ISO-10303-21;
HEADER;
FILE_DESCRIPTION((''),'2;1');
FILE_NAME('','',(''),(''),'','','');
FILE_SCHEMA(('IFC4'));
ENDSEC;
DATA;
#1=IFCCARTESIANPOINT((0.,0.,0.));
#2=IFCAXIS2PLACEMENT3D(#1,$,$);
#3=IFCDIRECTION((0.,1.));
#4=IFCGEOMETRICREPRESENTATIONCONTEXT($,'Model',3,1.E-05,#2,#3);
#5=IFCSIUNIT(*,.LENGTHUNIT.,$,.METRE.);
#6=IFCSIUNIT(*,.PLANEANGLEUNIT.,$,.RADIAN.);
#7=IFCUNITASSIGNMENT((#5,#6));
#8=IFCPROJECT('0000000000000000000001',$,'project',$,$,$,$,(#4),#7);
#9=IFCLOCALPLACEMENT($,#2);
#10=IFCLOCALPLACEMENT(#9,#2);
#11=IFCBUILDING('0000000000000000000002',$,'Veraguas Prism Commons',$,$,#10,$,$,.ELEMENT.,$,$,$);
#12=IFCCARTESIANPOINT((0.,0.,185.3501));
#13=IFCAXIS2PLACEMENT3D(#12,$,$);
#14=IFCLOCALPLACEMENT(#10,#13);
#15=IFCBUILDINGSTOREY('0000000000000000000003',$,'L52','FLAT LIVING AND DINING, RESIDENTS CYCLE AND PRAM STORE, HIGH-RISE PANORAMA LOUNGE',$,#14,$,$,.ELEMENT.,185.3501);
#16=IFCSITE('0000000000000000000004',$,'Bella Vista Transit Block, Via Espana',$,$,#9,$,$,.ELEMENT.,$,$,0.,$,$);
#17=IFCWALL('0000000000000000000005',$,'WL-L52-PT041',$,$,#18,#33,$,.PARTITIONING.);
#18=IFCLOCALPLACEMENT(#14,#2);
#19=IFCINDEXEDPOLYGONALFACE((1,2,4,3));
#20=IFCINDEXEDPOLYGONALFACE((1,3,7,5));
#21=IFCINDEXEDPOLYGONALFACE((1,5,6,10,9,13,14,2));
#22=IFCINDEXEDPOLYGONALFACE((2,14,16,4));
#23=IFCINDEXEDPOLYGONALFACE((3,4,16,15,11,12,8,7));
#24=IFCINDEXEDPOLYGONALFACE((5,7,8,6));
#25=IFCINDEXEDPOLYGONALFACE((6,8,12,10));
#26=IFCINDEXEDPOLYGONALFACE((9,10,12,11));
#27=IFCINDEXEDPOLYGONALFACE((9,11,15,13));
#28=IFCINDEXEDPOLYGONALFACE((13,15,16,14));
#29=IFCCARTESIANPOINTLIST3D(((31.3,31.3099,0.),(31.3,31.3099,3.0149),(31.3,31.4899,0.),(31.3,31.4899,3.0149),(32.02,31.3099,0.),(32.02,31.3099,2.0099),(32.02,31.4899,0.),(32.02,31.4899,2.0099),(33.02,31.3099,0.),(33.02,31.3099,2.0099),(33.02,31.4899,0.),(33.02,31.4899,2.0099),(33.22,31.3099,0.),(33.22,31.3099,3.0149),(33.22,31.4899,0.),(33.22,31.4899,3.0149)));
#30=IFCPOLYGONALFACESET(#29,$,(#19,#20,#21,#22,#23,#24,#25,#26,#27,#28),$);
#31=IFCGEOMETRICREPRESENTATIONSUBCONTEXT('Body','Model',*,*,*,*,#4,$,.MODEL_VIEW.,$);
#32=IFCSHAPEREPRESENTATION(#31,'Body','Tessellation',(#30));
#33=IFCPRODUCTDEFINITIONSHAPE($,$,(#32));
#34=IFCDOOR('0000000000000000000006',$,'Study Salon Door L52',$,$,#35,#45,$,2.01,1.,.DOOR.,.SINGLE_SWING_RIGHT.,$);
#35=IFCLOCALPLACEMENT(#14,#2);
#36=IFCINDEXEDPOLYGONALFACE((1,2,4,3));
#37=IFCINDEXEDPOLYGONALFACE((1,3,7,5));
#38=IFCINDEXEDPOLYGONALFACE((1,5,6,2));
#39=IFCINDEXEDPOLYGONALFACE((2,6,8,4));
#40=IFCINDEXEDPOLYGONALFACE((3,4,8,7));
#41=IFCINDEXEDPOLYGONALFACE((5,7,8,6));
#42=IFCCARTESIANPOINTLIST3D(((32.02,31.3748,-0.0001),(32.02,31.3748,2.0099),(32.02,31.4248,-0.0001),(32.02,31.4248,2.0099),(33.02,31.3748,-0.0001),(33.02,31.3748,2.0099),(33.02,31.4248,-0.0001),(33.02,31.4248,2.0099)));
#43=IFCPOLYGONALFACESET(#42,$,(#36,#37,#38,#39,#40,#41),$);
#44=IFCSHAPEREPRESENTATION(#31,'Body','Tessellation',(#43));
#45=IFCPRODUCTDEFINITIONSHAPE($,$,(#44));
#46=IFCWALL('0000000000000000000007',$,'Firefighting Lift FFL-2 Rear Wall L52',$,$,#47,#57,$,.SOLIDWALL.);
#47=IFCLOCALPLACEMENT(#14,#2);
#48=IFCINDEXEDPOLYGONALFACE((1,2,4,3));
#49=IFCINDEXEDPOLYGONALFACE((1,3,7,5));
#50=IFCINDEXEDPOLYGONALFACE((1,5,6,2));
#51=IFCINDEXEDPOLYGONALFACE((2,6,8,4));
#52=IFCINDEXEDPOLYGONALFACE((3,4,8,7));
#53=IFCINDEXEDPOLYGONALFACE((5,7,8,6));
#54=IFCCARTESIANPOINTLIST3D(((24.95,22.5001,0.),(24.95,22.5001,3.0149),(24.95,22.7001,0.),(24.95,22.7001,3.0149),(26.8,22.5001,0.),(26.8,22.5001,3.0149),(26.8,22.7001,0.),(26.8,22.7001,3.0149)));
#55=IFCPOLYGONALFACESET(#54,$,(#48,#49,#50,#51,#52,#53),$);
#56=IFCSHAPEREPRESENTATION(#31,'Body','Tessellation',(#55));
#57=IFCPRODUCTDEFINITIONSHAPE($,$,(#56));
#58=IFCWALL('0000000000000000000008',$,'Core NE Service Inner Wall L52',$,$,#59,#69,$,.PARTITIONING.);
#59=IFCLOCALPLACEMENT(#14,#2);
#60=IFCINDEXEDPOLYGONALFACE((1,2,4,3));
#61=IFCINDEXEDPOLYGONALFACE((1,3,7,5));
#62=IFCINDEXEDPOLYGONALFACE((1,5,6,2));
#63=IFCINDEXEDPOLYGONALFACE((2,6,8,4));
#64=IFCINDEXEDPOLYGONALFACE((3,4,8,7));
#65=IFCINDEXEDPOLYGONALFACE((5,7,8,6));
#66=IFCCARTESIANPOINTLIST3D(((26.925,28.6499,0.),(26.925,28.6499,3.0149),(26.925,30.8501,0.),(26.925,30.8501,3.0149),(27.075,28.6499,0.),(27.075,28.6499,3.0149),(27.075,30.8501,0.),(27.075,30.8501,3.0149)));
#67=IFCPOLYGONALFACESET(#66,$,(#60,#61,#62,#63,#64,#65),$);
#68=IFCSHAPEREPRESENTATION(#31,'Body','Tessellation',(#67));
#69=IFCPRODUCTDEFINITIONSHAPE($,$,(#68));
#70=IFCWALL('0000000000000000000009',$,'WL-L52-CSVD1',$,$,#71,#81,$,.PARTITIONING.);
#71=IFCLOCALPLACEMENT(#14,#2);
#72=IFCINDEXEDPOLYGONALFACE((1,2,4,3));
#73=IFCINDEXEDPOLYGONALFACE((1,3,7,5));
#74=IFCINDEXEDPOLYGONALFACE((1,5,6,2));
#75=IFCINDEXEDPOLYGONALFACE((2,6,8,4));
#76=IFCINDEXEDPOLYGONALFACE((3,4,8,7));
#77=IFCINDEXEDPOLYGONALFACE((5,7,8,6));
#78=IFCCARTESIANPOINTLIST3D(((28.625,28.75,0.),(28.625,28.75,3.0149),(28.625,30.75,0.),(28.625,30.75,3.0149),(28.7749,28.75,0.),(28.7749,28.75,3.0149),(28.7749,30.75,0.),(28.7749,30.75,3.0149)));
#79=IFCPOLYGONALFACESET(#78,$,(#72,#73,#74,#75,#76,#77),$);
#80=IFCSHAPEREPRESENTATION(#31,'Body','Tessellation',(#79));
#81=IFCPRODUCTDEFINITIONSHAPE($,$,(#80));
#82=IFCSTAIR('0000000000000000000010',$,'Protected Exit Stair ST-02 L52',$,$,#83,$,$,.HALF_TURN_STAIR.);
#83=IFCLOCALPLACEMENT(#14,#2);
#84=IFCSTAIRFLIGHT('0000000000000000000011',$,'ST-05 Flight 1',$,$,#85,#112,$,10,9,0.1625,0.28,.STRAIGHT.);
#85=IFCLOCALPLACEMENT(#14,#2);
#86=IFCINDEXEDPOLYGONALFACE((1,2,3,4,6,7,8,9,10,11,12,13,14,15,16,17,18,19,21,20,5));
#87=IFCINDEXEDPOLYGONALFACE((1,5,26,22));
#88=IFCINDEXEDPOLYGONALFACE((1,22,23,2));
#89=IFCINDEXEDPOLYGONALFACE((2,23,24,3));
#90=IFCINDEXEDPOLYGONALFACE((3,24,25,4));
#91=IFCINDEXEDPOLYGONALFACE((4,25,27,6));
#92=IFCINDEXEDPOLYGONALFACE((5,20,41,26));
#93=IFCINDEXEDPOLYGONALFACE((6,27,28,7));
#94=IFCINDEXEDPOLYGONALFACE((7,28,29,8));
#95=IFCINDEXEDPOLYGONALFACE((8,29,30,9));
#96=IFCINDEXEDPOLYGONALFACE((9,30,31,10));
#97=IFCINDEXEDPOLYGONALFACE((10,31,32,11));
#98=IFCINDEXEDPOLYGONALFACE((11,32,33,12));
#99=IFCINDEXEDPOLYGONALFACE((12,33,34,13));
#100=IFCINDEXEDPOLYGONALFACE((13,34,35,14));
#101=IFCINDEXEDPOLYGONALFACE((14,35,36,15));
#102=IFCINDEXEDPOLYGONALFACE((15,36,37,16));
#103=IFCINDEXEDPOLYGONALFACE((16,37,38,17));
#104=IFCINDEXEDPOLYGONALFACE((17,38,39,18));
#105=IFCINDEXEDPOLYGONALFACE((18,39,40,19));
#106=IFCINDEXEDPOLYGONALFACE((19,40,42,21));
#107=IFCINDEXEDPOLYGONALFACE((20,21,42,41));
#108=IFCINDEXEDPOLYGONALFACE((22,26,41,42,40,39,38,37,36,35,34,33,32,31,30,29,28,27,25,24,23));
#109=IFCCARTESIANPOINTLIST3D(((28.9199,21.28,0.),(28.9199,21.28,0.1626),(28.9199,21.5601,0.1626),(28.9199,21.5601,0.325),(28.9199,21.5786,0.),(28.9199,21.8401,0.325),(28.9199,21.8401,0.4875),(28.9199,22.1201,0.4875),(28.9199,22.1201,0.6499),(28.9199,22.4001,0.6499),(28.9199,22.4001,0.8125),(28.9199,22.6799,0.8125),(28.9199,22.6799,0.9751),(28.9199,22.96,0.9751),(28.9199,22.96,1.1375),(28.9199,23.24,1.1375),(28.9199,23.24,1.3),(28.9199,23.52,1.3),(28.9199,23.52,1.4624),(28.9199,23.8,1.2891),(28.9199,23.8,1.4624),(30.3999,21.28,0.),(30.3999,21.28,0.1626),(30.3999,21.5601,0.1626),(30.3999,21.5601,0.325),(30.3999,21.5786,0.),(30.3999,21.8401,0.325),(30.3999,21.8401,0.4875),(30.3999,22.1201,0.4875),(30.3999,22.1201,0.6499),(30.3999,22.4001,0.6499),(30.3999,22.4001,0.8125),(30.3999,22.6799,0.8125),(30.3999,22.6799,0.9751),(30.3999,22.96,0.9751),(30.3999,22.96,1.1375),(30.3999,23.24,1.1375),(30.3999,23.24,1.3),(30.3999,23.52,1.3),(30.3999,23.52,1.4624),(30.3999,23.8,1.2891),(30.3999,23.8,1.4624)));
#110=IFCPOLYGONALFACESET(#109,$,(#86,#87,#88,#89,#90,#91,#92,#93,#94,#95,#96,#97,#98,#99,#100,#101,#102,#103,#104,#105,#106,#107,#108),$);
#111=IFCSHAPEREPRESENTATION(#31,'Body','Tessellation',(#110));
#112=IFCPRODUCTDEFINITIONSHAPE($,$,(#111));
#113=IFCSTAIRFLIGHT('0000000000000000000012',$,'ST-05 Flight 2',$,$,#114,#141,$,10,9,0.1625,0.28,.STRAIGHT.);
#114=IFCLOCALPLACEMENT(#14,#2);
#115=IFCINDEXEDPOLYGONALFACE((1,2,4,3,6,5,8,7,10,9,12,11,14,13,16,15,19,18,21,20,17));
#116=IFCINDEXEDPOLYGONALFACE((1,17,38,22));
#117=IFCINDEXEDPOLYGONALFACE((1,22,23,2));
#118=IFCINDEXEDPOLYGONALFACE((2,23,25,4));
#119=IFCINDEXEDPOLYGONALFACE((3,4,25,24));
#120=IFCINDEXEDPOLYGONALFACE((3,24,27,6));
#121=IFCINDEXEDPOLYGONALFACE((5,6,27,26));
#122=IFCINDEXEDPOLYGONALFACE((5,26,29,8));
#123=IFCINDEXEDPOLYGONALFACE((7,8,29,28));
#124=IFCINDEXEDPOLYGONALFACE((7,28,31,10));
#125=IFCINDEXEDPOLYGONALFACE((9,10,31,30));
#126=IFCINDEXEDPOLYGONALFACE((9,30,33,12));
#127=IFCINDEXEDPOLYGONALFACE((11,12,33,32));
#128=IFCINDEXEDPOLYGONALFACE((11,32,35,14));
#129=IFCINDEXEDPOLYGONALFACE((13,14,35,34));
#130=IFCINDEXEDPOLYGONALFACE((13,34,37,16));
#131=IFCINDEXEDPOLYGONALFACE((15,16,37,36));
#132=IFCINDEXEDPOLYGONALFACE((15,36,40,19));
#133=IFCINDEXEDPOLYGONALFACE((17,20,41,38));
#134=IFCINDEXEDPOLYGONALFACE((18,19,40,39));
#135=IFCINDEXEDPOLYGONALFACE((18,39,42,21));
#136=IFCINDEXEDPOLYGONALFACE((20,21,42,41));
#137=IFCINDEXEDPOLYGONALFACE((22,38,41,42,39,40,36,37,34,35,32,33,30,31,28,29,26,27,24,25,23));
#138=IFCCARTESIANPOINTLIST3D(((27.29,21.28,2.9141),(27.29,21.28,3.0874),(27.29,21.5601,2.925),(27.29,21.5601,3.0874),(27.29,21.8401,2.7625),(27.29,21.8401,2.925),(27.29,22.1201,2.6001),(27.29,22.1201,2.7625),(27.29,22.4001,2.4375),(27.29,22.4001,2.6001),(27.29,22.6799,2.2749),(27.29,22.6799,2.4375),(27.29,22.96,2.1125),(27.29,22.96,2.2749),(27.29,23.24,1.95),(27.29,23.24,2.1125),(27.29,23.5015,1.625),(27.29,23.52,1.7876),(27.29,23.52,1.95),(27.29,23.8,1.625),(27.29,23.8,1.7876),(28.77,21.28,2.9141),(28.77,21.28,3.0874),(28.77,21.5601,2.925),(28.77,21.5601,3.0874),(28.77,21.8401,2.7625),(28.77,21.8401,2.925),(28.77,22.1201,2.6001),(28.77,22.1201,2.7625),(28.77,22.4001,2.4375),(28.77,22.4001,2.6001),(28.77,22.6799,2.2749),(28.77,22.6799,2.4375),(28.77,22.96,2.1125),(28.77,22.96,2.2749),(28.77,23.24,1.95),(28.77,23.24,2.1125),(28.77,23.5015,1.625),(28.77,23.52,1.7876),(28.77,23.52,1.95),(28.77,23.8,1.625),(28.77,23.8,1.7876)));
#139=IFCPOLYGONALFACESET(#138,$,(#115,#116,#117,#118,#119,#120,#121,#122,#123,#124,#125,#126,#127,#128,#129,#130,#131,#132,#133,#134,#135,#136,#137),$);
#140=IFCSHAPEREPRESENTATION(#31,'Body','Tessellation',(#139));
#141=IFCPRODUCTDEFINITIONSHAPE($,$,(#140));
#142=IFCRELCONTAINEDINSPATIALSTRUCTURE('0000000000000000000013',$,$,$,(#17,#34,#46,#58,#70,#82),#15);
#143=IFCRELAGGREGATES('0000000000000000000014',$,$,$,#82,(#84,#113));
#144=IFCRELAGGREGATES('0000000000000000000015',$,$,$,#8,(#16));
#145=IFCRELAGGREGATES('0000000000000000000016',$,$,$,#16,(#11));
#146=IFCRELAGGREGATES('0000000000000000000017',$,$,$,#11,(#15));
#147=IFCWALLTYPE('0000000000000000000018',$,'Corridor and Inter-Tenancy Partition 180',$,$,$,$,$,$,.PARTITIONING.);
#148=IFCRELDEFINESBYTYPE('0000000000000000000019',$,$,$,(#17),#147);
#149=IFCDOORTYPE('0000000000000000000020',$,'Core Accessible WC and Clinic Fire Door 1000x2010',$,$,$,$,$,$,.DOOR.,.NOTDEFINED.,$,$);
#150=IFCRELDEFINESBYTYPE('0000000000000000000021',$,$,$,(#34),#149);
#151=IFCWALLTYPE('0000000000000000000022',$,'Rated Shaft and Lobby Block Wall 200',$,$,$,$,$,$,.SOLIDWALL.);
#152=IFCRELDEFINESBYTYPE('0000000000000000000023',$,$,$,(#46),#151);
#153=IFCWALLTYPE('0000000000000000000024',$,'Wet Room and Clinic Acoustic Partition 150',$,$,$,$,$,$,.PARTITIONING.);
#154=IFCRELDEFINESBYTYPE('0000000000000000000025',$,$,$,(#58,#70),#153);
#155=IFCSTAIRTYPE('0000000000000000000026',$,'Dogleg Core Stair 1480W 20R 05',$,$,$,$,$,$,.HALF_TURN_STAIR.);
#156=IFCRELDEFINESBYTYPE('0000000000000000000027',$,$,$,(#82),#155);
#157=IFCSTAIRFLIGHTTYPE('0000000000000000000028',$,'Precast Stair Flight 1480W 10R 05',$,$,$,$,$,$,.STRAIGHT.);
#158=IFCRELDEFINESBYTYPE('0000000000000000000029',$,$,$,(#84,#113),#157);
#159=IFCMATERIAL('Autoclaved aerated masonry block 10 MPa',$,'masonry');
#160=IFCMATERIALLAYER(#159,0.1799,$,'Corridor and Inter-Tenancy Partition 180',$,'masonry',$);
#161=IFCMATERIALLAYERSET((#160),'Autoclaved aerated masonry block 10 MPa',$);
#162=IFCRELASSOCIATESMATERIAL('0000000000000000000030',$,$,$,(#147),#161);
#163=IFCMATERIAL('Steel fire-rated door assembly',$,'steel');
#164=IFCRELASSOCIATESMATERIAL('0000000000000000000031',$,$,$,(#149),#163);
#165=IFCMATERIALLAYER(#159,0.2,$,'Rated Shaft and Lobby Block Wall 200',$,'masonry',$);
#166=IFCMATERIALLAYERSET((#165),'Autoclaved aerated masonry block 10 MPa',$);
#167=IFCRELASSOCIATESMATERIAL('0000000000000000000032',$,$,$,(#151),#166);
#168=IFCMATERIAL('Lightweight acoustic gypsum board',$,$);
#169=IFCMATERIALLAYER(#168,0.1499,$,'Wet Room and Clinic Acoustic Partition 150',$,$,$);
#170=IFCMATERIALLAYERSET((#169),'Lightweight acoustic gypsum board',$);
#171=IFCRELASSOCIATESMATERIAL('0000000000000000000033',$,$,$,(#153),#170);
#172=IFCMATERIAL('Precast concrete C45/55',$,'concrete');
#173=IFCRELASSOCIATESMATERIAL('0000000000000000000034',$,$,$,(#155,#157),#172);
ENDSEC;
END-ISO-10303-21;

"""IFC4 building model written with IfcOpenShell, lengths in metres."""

from ifc_helpers import new_model, si_unit, direction, frame, frame_2d, origin, place, context, subcontext, project, spatial, polyline, rectangle, outline, extrude, source, transform, mapped, material, layer, layer_set, type_object, element, fill, aggregate, save


model = new_model("IFC4")

# Units and contexts
model_context = context("Model", 3, precision=1e-05, world=origin(), true_north=direction((0.0, 1.0)))
body_context = subcontext(model_context, "Body", "Model", "MODEL_VIEW")
ifc_project = project(units=[si_unit("LENGTHUNIT", "METRE"), si_unit("PLANEANGLEUNIT", "RADIAN")], contexts=[model_context])

# Site, building, storey
site_placement = place(None, origin())
site = spatial("IfcSite", under=ifc_project, at=site_placement, Name="Bella Vista Transit Block, Via Espana", CompositionType="ELEMENT", RefElevation=0.0)
building_placement = place(site_placement, origin())
building = spatial("IfcBuilding", under=site, at=building_placement, Name="Veraguas Prism Commons", CompositionType="ELEMENT")
storey_placement = place(building_placement, frame((0.0, 0.0, 185.3501)))
storey = spatial("IfcBuildingStorey", under=building, at=storey_placement, Name="L52", Description="FLAT LIVING AND DINING, RESIDENTS CYCLE AND PRAM STORE, HIGH-RISE PANORAMA LOUNGE", CompositionType="ELEMENT", Elevation=185.3501)

# Shared definitions
ifc_material_1 = material(Name="Steel fire-rated door assembly", Category="steel")

# Shared definitions
ifc_material_2 = material(Name="Autoclaved aerated masonry block 10 MPa", Category="masonry")
ifc_layer_1 = layer(ifc_material_2, 0.1799, Name="Corridor and Inter-Tenancy Partition 180", Category="masonry")
ifc_layer_set_1 = layer_set([ifc_layer_1], Name="Autoclaved aerated masonry block 10 MPa")
wall_type_1 = type_object("IfcWallType", Name="Corridor and Inter-Tenancy Partition 180", PredefinedType="PARTITIONING", material=ifc_layer_set_1)

# Wall, opening, door
wall_1_placement = place(storey_placement, frame((31.3, 31.3999, 0.0), z_axis=(0.0, 0.0, 1.0), x_axis=(1.0, 0.0, 0.0)))
wall_1 = element("IfcWall", 1, at=wall_1_placement, inside=storey, type_object=wall_type_1, Name="WL-L52-PT041", PredefinedType="PARTITIONING", context=body_context, shape_type="SweptSolid", body=[
    extrude(rectangle(XDim=1.9199, YDim=0.1799, at=frame_2d((0.96, 0.0))), origin(), (0.0, 0.0, 1.0), 3.0149),
])
opening_1_placement = place(wall_1_placement, frame((0.72, 0.0, 0.0)))
opening_1 = element("IfcOpeningElement", 2, at=opening_1_placement, cuts=wall_1, PredefinedType="OPENING", context=body_context, shape_type="SweptSolid", body=[
    extrude(rectangle(XDim=1.0, YDim=2.01, at=frame_2d((0.5, 1.0049))), frame((0.0, 0.0999, 0.0), z_axis=(0.0, -1.0, 0.0), x_axis=(1.0, 0.0, 0.0)), (0.0, 0.0, 1.0), 0.2),
])
door_type_1 = type_object("IfcDoorType", Name="Core Accessible WC and Clinic Fire Door 1000x2010", OperationType="NOTDEFINED", PredefinedType="DOOR", material=ifc_material_1)
shared_shape_1 = source(origin(), body_context, "Body", "SweptSolid", [
    extrude(rectangle(XDim=1.0, YDim=2.01, at=frame_2d((0.5, 1.0049))), frame((0.0, 0.0249, 0.0), z_axis=(0.0, -1.0, 0.0), x_axis=(1.0, 0.0, 0.0)), (0.0, 0.0, 1.0), 0.05),
])
door_1_placement = place(opening_1_placement, origin())
door_1 = element("IfcDoor", 3, at=door_1_placement, inside=storey, type_object=door_type_1, Name="Study Salon Door L52", OperationType="SINGLE_SWING_RIGHT", OverallHeight=2.01, OverallWidth=1.0, PredefinedType="DOOR", context=body_context, shape_type="MappedRepresentation", body=[
    mapped(shared_shape_1, transform((0.0, 0.0, 0.0), scale=1.0)),
])
fill(opening_1, door_1)

# Walls
ifc_layer_2 = layer(ifc_material_2, 0.2, Name="Rated Shaft and Lobby Block Wall 200", Category="masonry")
ifc_layer_set_2 = layer_set([ifc_layer_2], Name="Autoclaved aerated masonry block 10 MPa")
wall_type_2 = type_object("IfcWallType", Name="Rated Shaft and Lobby Block Wall 200", PredefinedType="SOLIDWALL", material=ifc_layer_set_2)
wall_2_placement = place(storey_placement, frame((24.95, 22.6001, 0.0), z_axis=(0.0, 0.0, 1.0), x_axis=(1.0, 0.0, 0.0)))
element("IfcWall", 4, at=wall_2_placement, inside=storey, type_object=wall_type_2, Name="Firefighting Lift FFL-2 Rear Wall L52", PredefinedType="SOLIDWALL", context=body_context, shape_type="SweptSolid", body=[
    extrude(rectangle(XDim=1.8501, YDim=0.2, at=frame_2d((0.925, 0.0))), origin(), (0.0, 0.0, 1.0), 3.0149),
])
ifc_material_3 = material(Name="Lightweight acoustic gypsum board")
ifc_layer_3 = layer(ifc_material_3, 0.1499, Name="Wet Room and Clinic Acoustic Partition 150")
ifc_layer_set_3 = layer_set([ifc_layer_3], Name="Lightweight acoustic gypsum board")
wall_type_3 = type_object("IfcWallType", Name="Wet Room and Clinic Acoustic Partition 150", PredefinedType="PARTITIONING", material=ifc_layer_set_3)
wall_3_placement = place(storey_placement, frame((27.0, 28.6499, 0.0), z_axis=(0.0, 0.0, 1.0), x_axis=(0.0, 1.0, 0.0)))
element("IfcWall", 5, at=wall_3_placement, inside=storey, type_object=wall_type_3, Name="Core NE Service Inner Wall L52", PredefinedType="PARTITIONING", context=body_context, shape_type="SweptSolid", body=[
    extrude(rectangle(XDim=2.2002, YDim=0.1499, at=frame_2d((1.1001, 0.0))), origin(), (0.0, 0.0, 1.0), 3.0149),
])
wall_4_placement = place(storey_placement, frame((28.7, 28.75, 0.0), z_axis=(0.0, 0.0, 1.0), x_axis=(0.0, 1.0, 0.0)))
element("IfcWall", 6, at=wall_4_placement, inside=storey, type_object=wall_type_3, Name="WL-L52-CSVD1", PredefinedType="PARTITIONING", context=body_context, shape_type="SweptSolid", body=[
    extrude(rectangle(XDim=2.0, YDim=0.1499, at=frame_2d((1.0, 0.0))), origin(), (0.0, 0.0, 1.0), 3.0149),
])

# Stair, stair flights
ifc_material_4 = material(Name="Precast concrete C45/55", Category="concrete")
stair_type = type_object("IfcStairType", Name="Dogleg Core Stair 1480W 20R 05", PredefinedType="HALF_TURN_STAIR", material=ifc_material_4)
stair_placement = place(storey_placement, origin())
stair = element("IfcStair", 7, at=stair_placement, inside=storey, type_object=stair_type, Name="Protected Exit Stair ST-02 L52", PredefinedType="HALF_TURN_STAIR")
stair_flight_type = type_object("IfcStairFlightType", Name="Precast Stair Flight 1480W 10R 05", PredefinedType="STRAIGHT", material=ifc_material_4)
stair_flight_1_placement = place(storey_placement, frame((29.6599, 21.28, 0.0), z_axis=(0.0, 0.0, 1.0), x_axis=(0.0, 1.0, 0.0)))
stair_flight_1 = element("IfcStairFlight", 8, at=stair_flight_1_placement, type_object=stair_flight_type, Name="ST-05 Flight 1", NumberOfRisers=10, NumberOfTreads=9, PredefinedType="STRAIGHT", RiserHeight=0.1625, TreadLength=0.28, context=body_context, shape_type="SweptSolid", body=[
    extrude(outline(polyline([(0.0, 0.0), (0.0, 0.1626), (0.28, 0.1626), (0.28, 0.325), (0.5601, 0.325), (0.5601, 0.4875), (0.8401, 0.4875), (0.8401, 0.6499), (1.1201, 0.6499), (1.1201, 0.8125), (1.3999, 0.8125), (1.3999, 0.9751), (1.6799, 0.9751), (1.6799, 1.1375), (1.96, 1.1375), (1.96, 1.3), (2.24, 1.3), (2.24, 1.4624), (2.52, 1.4624), (2.52, 1.625), (2.52, 1.2891), (0.2986, 0.0), (0.0, 0.0)])), frame((0.0, 0.74, 0.0), z_axis=(0.0, -1.0, 0.0), x_axis=(1.0, 0.0, 0.0)), (0.0, 0.0, 1.0), 1.48),
])
stair_flight_2_placement = place(storey_placement, frame((28.03, 23.8, 1.625), z_axis=(0.0, 0.0, 1.0), x_axis=(0.0, -1.0, 0.0)))
stair_flight_2 = element("IfcStairFlight", 9, at=stair_flight_2_placement, type_object=stair_flight_type, Name="ST-05 Flight 2", NumberOfRisers=10, NumberOfTreads=9, PredefinedType="STRAIGHT", RiserHeight=0.1625, TreadLength=0.28, context=body_context, shape_type="SweptSolid", body=[
    extrude(outline(polyline([(0.0, 0.0), (0.0, 0.1626), (0.28, 0.1626), (0.28, 0.325), (0.5601, 0.325), (0.5601, 0.4875), (0.8401, 0.4875), (0.8401, 0.6499), (1.1201, 0.6499), (1.1201, 0.8125), (1.3999, 0.8125), (1.3999, 0.9751), (1.6799, 0.9751), (1.6799, 1.1375), (1.96, 1.1375), (1.96, 1.3), (2.24, 1.3), (2.24, 1.4624), (2.52, 1.4624), (2.52, 1.625), (2.52, 1.2891), (0.2986, 0.0), (0.0, 0.0)])), frame((0.0, 0.74, 0.0), z_axis=(0.0, -1.0, 0.0), x_axis=(1.0, 0.0, 0.0)), (0.0, 0.0, 1.0), 1.48),
])
aggregate(stair, [stair_flight_1, stair_flight_2])

save(model, "model.ifc")
